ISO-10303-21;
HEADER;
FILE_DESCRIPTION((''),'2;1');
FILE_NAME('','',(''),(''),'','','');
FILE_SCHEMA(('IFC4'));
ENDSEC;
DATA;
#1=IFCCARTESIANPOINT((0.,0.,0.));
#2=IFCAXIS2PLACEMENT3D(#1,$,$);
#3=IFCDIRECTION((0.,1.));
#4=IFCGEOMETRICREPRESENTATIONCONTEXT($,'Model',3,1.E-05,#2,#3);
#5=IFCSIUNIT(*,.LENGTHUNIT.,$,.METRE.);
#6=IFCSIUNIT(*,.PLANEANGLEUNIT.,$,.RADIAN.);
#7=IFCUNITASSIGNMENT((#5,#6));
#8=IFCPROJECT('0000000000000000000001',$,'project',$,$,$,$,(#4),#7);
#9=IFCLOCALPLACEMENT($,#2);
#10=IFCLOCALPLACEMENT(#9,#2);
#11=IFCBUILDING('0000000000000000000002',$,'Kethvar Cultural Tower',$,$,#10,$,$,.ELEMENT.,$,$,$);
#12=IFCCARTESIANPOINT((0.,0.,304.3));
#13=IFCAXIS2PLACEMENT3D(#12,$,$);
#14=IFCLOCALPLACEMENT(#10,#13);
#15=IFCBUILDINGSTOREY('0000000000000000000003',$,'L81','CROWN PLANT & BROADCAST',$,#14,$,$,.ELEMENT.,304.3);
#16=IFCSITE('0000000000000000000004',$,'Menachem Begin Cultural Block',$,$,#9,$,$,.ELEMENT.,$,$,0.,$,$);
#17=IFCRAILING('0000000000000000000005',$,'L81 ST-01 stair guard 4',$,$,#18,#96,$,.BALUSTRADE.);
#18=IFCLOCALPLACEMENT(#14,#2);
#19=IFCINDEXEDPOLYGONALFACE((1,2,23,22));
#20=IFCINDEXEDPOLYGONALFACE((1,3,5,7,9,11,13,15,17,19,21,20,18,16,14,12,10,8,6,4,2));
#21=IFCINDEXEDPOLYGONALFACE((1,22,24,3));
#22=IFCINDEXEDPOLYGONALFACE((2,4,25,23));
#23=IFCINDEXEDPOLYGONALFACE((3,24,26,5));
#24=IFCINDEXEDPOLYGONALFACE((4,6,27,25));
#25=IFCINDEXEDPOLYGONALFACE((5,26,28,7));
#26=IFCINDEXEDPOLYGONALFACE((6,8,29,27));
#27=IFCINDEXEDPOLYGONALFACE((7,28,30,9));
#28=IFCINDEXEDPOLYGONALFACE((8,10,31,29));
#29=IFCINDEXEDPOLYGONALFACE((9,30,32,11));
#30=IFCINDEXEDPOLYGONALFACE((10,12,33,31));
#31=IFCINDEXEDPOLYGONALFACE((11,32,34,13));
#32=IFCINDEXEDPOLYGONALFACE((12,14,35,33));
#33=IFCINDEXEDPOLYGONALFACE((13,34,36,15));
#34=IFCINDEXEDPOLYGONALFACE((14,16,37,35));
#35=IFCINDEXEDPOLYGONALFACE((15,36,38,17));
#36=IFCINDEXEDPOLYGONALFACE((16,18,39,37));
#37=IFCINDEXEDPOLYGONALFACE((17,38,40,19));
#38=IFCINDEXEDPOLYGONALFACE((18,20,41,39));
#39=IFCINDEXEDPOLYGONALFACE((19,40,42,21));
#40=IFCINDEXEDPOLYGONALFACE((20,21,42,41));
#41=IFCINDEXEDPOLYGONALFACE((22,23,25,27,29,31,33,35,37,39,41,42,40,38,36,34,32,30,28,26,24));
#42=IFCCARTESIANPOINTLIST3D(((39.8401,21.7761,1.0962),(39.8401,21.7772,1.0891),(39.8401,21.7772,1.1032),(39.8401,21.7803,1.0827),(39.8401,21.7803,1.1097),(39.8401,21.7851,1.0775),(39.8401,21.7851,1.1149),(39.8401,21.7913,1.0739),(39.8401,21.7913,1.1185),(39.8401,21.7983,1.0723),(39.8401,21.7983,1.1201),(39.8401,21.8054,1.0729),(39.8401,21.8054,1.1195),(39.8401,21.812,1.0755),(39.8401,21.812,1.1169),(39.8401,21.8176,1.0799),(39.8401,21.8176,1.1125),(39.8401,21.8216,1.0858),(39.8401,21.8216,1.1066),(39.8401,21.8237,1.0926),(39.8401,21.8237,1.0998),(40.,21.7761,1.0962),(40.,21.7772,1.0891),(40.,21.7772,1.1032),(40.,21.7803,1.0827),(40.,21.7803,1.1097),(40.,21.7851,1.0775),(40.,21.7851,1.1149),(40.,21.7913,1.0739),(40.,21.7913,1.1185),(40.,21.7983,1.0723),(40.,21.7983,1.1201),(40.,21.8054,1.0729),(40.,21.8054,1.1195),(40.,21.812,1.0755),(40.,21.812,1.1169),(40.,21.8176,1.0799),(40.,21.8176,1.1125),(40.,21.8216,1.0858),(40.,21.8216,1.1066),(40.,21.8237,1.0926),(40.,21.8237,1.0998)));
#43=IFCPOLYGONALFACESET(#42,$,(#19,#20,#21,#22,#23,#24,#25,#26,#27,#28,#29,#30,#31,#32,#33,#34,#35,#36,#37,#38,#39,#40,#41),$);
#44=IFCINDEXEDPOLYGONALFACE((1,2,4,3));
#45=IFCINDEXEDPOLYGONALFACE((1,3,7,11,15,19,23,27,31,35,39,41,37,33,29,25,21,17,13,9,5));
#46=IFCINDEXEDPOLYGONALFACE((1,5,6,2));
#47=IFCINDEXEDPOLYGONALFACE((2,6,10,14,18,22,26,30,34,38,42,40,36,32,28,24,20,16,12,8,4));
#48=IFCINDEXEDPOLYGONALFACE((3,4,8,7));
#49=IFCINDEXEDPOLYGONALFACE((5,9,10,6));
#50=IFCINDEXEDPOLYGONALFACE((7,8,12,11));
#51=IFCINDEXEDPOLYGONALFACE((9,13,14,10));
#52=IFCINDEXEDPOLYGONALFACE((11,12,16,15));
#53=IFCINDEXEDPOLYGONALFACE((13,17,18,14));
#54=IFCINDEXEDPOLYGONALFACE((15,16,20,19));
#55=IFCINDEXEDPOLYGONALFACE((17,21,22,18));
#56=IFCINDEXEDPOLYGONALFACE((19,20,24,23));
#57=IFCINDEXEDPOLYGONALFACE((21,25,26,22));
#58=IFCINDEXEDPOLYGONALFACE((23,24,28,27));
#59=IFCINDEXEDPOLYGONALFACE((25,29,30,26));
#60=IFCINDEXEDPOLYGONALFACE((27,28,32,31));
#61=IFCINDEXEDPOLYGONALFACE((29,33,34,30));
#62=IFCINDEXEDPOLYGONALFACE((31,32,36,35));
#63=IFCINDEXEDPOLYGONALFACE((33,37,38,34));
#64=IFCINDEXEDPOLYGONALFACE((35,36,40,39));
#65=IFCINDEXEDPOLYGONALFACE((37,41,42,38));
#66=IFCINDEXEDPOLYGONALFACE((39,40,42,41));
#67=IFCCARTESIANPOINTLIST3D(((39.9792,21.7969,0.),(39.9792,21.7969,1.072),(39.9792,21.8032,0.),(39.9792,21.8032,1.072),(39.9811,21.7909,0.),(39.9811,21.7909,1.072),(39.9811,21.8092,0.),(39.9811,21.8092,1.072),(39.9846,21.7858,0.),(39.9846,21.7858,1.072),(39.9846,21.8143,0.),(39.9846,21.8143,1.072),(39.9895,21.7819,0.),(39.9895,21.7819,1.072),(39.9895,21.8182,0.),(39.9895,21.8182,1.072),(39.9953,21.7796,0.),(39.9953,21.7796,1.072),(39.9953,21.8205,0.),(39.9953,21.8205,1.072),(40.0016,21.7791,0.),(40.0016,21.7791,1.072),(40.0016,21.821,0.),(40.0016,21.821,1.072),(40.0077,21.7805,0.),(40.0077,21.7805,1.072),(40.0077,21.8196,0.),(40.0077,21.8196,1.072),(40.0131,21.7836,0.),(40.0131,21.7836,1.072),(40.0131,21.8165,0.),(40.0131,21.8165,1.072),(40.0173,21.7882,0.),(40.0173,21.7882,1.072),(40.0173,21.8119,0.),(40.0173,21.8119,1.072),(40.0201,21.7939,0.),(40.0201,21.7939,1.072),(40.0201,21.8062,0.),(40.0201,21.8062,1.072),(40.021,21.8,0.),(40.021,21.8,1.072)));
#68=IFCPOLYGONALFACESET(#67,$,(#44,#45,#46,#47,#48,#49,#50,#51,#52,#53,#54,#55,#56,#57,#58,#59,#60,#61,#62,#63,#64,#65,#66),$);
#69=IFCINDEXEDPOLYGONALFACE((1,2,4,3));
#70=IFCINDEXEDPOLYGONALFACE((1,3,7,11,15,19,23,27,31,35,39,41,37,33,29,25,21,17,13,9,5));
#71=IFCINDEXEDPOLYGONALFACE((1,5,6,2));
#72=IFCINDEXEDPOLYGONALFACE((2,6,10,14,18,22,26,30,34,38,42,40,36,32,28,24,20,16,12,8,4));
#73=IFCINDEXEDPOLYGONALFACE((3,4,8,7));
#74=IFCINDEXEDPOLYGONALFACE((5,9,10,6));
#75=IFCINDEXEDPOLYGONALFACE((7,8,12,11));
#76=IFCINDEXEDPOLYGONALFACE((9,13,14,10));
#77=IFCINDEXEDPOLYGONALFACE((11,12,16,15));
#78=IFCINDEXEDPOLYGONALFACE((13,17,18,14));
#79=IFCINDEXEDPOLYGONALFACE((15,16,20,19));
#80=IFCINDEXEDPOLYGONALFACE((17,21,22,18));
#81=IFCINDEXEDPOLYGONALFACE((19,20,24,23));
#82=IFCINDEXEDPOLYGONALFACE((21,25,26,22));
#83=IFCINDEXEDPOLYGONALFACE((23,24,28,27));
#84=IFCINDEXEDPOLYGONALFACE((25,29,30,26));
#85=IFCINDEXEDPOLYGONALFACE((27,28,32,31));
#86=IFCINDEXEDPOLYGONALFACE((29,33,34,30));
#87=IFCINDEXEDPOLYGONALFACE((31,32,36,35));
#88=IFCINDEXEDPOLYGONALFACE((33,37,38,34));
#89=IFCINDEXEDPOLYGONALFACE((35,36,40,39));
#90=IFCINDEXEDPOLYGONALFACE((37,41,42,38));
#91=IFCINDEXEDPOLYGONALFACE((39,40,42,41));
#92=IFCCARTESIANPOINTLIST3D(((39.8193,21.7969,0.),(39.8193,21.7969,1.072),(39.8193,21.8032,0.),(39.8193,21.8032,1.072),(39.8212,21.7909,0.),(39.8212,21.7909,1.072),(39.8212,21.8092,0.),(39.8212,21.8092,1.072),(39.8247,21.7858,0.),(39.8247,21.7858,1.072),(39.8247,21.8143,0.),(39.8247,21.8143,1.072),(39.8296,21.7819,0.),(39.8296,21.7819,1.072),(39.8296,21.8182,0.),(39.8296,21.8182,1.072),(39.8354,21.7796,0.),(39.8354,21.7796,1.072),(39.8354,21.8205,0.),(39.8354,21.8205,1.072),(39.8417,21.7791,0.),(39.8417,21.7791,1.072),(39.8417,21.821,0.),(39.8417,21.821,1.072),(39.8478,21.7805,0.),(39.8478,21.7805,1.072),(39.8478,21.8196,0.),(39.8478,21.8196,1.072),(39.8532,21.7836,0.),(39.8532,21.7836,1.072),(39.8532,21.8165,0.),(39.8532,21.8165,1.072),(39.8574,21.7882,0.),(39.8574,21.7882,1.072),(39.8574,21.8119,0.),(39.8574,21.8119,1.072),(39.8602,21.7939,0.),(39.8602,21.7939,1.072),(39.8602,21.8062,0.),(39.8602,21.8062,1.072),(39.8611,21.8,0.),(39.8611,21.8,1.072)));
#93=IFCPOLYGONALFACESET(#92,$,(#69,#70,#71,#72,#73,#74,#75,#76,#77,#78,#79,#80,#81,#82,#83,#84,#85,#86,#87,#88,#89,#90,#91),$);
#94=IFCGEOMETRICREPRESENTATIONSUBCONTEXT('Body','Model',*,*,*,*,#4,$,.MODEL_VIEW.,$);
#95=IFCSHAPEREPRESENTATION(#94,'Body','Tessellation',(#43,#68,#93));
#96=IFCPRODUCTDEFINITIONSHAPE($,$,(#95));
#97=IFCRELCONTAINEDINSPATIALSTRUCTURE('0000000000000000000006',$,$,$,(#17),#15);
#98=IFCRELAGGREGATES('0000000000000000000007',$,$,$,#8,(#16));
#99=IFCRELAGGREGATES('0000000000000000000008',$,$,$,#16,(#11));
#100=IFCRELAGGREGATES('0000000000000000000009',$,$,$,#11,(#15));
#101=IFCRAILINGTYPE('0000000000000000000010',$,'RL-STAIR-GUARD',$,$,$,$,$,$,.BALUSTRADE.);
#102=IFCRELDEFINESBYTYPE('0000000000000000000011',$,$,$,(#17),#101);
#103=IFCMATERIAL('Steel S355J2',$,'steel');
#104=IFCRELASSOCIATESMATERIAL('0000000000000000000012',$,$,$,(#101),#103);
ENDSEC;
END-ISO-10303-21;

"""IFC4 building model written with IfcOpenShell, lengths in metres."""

from ifc_helpers import new_model, si_unit, direction, frame, origin, origin_2d, place, context, subcontext, project, spatial, circle, extrude, material, type_object, element, save


model = new_model("IFC4")

# Units and contexts
model_context = context("Model", 3, precision=1e-05, world=origin(), true_north=direction((0.0, 1.0)))
body_context = subcontext(model_context, "Body", "Model", "MODEL_VIEW")
ifc_project = project(units=[si_unit("LENGTHUNIT", "METRE"), si_unit("PLANEANGLEUNIT", "RADIAN")], contexts=[model_context])

# Site, building, storey
site_placement = place(None, origin())
site = spatial("IfcSite", under=ifc_project, at=site_placement, Name="Menachem Begin Cultural Block", CompositionType="ELEMENT", RefElevation=0.0)
building_placement = place(site_placement, origin())
building = spatial("IfcBuilding", under=site, at=building_placement, Name="Kethvar Cultural Tower", CompositionType="ELEMENT")
storey_placement = place(building_placement, frame((0.0, 0.0, 304.3)))
storey = spatial("IfcBuildingStorey", under=building, at=storey_placement, Name="L81", Description="CROWN PLANT & BROADCAST", CompositionType="ELEMENT", Elevation=304.3)

# Shared definitions
ifc_material_1 = material(Name="Steel S355J2", Category="steel")

# Railing
railing_type_1 = type_object("IfcRailingType", Name="RL-STAIR-GUARD", PredefinedType="BALUSTRADE", material=ifc_material_1)
railing_1_placement = place(storey_placement, frame((40.0, 21.8, 0.0)))
element("IfcRailing", 1, at=railing_1_placement, inside=storey, type_object=railing_type_1, Name="L81 ST-01 stair guard 4", PredefinedType="BALUSTRADE", context=body_context, shape_type="SweptSolid", body=[
    extrude(circle(Radius=0.0239, at=origin_2d()), frame((0.0, 0.0, 1.0962), z_axis=(-1.0, 0.0, 0.0), x_axis=(0.0, -1.0, 0.0)), (0.0, 0.0, 1.0), 0.1599),
    extrude(circle(Radius=0.021, at=origin_2d()), origin(), (0.0, 0.0, 1.0), 1.072),
    extrude(circle(Radius=0.021, at=origin_2d()), frame((-0.1599, 0.0, 0.0)), (0.0, 0.0, 1.0), 1.072),
])

save(model, "model.ifc")
